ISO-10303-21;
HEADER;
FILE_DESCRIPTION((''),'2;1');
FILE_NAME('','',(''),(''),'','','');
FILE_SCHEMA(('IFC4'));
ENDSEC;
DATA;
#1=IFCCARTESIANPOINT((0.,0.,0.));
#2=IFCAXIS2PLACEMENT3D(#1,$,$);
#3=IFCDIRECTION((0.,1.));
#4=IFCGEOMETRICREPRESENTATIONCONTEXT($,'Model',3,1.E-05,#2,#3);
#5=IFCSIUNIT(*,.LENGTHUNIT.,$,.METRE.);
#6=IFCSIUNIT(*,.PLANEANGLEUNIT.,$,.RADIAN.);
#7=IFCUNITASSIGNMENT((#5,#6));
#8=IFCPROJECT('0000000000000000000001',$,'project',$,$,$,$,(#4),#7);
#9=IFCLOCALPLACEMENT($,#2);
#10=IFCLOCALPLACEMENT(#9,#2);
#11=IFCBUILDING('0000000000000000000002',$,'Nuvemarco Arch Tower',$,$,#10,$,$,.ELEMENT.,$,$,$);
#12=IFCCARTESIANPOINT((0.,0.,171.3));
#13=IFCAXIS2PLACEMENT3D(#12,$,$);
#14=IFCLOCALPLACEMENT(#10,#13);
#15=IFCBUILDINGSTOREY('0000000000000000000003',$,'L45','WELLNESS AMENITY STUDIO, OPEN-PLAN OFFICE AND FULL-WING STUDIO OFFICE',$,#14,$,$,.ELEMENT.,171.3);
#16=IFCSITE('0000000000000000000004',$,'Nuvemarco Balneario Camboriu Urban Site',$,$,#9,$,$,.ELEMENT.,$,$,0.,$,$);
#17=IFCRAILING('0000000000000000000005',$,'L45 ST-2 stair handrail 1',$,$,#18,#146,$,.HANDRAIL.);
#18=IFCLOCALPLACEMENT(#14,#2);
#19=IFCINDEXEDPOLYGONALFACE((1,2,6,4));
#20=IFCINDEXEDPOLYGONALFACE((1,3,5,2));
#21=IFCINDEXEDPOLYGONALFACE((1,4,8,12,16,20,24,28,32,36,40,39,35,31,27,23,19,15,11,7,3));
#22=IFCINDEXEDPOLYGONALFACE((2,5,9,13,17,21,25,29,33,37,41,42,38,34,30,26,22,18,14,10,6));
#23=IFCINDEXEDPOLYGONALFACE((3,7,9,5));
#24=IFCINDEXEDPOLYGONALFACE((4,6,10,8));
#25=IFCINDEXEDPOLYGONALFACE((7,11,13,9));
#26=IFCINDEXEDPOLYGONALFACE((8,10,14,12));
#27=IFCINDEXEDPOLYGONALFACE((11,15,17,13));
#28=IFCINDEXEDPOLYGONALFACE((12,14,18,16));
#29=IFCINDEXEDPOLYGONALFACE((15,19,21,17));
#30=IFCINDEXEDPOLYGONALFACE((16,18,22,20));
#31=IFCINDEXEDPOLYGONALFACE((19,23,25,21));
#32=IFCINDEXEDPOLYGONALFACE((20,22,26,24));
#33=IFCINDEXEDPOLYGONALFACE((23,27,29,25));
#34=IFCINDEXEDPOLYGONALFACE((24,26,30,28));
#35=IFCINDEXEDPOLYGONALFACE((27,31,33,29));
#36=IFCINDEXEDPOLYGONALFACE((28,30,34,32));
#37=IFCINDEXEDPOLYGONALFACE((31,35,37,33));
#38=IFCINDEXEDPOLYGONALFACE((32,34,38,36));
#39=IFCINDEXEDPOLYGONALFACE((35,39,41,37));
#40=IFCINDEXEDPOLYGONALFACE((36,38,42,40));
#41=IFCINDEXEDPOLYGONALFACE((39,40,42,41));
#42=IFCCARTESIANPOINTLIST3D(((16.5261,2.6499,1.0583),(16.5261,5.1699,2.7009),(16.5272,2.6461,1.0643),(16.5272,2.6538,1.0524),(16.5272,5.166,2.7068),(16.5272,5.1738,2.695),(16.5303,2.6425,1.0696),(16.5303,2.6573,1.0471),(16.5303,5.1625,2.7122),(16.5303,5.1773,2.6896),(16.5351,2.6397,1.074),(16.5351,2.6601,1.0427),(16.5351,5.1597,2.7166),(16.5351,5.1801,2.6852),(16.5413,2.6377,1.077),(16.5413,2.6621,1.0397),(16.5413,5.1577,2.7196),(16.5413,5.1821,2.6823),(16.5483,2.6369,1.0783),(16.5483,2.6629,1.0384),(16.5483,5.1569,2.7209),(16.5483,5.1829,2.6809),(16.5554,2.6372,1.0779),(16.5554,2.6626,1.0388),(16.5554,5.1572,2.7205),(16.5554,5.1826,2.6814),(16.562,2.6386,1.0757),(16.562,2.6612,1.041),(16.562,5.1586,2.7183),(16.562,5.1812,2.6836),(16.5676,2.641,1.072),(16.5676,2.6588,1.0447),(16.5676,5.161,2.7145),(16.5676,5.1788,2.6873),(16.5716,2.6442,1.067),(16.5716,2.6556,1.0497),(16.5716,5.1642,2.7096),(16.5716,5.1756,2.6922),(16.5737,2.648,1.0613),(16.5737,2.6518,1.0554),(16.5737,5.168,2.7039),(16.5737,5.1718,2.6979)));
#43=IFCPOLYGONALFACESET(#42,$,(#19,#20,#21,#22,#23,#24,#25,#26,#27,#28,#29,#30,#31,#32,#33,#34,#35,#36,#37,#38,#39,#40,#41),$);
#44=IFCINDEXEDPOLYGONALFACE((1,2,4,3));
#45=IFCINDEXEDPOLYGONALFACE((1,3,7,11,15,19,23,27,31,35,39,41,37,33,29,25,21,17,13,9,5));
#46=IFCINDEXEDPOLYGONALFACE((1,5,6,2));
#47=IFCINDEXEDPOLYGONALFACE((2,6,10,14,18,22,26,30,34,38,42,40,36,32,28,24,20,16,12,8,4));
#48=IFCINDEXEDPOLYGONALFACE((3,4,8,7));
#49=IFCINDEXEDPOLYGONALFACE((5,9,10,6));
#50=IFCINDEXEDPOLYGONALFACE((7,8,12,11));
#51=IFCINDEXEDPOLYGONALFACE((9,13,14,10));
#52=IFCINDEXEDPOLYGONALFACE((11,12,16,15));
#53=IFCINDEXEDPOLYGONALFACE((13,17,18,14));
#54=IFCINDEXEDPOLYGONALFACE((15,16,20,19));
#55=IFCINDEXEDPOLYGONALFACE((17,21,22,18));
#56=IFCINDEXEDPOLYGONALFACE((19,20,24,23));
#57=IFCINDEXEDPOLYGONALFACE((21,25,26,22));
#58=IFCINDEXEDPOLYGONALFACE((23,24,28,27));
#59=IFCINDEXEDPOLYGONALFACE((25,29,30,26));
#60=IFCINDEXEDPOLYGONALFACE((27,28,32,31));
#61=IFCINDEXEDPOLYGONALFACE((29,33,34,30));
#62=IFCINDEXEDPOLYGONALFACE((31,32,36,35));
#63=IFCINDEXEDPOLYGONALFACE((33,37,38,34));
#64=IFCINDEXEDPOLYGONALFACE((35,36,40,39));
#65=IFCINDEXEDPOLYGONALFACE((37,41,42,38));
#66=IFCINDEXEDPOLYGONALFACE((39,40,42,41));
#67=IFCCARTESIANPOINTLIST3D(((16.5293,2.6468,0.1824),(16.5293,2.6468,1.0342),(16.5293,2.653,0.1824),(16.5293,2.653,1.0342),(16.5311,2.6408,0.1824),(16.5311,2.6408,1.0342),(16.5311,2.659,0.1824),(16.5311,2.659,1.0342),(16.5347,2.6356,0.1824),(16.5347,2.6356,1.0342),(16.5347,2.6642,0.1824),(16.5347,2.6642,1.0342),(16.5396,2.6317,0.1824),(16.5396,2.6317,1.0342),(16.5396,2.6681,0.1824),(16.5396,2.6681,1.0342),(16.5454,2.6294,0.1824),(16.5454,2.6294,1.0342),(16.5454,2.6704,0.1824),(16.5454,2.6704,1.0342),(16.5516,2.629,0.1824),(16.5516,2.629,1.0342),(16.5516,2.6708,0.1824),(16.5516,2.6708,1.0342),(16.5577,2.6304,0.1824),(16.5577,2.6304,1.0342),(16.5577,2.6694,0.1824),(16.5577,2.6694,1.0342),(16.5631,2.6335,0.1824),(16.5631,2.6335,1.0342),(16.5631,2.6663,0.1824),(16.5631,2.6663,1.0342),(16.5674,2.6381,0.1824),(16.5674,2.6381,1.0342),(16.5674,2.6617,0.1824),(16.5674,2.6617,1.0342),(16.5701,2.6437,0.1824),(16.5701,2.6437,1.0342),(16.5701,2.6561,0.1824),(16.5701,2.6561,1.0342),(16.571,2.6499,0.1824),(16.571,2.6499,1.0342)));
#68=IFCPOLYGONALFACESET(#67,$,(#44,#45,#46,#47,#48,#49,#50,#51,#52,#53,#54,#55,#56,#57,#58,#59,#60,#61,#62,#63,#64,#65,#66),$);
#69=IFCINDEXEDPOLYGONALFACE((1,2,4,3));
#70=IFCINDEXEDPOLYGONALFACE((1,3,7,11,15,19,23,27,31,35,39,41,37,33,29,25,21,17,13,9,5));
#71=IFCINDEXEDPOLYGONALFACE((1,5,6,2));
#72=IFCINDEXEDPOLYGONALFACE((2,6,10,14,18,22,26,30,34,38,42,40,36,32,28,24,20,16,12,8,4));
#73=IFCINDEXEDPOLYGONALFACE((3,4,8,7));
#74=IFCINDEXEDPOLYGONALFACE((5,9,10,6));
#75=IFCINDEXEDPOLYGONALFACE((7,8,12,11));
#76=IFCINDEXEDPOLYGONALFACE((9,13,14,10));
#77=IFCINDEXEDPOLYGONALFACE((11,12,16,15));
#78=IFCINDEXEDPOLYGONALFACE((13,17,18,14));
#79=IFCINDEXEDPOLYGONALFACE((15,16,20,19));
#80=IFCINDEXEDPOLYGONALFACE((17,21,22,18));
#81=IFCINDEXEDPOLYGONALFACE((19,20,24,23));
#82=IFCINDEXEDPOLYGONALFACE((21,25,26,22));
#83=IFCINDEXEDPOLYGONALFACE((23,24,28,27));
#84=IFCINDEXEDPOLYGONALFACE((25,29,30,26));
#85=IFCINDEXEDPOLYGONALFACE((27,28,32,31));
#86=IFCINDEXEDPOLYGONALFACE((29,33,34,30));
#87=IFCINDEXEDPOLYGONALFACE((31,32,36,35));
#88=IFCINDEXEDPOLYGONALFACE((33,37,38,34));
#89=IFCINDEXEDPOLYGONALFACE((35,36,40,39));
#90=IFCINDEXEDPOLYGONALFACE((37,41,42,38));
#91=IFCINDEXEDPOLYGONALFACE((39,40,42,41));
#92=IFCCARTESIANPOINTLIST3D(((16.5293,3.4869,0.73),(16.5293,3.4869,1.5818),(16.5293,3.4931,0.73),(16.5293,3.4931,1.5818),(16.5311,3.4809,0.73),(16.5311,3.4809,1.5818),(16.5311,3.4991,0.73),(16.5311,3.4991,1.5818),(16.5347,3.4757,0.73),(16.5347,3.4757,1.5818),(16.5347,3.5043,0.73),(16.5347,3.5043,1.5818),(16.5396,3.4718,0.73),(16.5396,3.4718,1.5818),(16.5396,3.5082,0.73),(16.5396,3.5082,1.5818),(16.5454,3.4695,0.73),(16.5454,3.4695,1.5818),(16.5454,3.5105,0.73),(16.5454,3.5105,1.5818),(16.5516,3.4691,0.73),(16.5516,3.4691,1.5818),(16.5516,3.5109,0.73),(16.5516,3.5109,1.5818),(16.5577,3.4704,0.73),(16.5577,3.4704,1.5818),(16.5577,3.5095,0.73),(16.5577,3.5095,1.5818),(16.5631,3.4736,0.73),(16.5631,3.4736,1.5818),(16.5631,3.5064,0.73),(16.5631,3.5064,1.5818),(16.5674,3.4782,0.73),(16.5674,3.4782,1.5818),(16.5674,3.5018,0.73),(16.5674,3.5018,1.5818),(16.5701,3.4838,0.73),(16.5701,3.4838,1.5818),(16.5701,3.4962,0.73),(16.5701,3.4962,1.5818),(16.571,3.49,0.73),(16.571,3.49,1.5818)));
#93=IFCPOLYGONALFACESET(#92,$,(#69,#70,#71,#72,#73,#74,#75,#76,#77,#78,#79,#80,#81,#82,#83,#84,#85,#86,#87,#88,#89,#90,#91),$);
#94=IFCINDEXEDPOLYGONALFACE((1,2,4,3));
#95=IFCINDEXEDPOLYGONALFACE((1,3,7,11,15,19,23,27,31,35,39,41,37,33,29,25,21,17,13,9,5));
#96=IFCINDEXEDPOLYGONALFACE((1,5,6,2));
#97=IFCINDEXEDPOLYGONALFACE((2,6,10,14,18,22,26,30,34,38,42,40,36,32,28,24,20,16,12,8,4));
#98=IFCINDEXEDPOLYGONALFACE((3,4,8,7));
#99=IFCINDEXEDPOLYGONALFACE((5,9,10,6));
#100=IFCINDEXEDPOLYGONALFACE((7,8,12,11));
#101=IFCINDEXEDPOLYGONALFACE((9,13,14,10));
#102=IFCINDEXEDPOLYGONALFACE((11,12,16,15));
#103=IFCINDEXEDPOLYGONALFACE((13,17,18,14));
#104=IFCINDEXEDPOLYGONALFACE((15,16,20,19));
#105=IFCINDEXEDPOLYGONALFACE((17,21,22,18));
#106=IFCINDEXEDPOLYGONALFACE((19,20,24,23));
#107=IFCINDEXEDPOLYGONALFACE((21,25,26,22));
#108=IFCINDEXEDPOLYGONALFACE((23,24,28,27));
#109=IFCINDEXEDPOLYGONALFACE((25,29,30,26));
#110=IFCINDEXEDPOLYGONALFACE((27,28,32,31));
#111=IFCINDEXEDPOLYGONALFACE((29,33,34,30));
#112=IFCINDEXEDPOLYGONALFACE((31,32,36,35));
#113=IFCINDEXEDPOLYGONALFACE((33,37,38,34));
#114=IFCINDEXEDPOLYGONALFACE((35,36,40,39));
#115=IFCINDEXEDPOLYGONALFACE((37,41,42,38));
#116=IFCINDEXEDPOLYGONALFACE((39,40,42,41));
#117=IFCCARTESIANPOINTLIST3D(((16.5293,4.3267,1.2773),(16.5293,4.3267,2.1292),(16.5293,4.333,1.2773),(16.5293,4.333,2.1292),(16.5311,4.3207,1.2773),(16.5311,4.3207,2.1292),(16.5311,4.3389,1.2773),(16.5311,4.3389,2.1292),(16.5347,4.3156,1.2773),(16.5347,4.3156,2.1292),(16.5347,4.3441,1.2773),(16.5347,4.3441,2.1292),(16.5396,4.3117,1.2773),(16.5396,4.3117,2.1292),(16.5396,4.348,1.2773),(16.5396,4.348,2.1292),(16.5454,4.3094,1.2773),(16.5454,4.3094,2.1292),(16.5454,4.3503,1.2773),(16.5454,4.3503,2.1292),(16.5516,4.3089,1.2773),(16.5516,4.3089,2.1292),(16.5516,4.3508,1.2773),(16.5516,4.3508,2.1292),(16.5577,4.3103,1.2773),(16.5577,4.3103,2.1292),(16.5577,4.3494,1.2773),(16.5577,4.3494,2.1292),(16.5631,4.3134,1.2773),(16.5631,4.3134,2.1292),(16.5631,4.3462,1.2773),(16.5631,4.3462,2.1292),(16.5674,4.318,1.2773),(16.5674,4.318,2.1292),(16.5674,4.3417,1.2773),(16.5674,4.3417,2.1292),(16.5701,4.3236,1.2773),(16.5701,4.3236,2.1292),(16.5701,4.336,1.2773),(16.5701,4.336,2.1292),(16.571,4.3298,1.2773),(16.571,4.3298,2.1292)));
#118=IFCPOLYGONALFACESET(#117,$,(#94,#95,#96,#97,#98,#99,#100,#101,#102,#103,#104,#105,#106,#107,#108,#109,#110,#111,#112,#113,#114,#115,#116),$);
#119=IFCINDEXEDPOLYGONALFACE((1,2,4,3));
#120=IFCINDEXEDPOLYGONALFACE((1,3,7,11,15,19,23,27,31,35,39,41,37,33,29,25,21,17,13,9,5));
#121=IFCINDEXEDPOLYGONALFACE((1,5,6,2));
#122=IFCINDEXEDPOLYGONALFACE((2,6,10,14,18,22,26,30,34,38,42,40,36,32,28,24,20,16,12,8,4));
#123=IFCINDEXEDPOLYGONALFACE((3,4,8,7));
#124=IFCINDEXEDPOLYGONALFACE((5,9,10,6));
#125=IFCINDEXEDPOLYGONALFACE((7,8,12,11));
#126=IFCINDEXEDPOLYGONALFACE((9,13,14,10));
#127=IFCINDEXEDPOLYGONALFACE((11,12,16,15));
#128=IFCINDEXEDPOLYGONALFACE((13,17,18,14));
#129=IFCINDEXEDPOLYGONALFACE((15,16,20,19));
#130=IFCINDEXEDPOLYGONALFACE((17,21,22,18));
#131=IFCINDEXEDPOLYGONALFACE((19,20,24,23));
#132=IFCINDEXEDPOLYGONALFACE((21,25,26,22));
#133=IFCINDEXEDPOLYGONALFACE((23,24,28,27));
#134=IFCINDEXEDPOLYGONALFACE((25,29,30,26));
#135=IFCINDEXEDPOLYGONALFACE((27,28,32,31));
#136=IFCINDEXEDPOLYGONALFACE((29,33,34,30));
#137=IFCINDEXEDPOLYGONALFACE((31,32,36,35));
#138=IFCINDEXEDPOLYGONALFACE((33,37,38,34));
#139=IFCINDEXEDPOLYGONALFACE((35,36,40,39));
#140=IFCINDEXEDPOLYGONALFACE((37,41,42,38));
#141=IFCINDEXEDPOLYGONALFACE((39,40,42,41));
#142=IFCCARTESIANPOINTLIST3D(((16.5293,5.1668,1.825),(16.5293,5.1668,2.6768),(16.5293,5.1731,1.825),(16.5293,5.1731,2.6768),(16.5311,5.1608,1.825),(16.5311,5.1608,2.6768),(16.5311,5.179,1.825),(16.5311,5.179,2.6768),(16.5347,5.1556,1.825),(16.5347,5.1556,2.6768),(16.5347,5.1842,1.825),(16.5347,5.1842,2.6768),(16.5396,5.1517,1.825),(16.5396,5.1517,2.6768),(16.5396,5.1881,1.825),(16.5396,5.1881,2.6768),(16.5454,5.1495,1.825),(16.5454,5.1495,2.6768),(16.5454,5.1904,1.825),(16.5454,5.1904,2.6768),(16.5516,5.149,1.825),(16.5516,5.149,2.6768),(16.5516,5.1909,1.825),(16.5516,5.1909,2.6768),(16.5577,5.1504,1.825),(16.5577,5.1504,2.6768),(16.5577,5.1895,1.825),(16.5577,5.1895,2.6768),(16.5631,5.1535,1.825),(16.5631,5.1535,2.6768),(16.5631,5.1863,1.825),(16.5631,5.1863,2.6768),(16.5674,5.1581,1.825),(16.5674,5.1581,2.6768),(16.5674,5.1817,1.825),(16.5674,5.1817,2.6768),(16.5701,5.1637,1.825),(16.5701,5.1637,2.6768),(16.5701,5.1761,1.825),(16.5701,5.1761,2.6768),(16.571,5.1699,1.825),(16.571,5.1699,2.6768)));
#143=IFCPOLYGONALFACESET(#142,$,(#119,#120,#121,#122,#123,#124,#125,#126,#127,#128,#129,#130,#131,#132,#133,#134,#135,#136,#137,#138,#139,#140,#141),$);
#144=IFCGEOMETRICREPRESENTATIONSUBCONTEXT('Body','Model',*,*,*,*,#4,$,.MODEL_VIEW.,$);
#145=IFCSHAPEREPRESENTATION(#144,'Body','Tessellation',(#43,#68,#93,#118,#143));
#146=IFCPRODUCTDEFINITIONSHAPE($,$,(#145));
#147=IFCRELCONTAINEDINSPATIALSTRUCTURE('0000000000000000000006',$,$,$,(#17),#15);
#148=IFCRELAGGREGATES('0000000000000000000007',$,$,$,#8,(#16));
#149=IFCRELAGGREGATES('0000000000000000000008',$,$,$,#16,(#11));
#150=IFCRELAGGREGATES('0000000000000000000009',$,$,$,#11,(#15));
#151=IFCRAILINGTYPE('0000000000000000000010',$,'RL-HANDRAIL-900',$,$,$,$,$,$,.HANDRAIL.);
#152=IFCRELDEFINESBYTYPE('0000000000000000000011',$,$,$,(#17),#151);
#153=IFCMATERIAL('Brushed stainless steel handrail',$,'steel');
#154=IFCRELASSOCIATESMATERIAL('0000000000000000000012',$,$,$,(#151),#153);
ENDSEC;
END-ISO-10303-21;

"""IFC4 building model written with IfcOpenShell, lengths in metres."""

from ifc_helpers import new_model, si_unit, direction, frame, origin, origin_2d, place, context, subcontext, project, spatial, circle, extrude, material, type_object, element, save


model = new_model("IFC4")

# Units and contexts
model_context = context("Model", 3, precision=1e-05, world=origin(), true_north=direction((0.0, 1.0)))
body_context = subcontext(model_context, "Body", "Model", "MODEL_VIEW")
ifc_project = project(units=[si_unit("LENGTHUNIT", "METRE"), si_unit("PLANEANGLEUNIT", "RADIAN")], contexts=[model_context])

# Site, building, storey
site_placement = place(None, origin())
site = spatial("IfcSite", under=ifc_project, at=site_placement, Name="Nuvemarco Balneario Camboriu Urban Site", CompositionType="ELEMENT", RefElevation=0.0)
building_placement = place(site_placement, origin())
building = spatial("IfcBuilding", under=site, at=building_placement, Name="Nuvemarco Arch Tower", CompositionType="ELEMENT")
storey_placement = place(building_placement, frame((0.0, 0.0, 171.3)))
storey = spatial("IfcBuildingStorey", under=building, at=storey_placement, Name="L45", Description="WELLNESS AMENITY STUDIO, OPEN-PLAN OFFICE AND FULL-WING STUDIO OFFICE", CompositionType="ELEMENT", Elevation=171.3)

# Railing
ifc_material_1 = material(Name="Brushed stainless steel handrail", Category="steel")
railing_type_1 = type_object("IfcRailingType", Name="RL-HANDRAIL-900", PredefinedType="HANDRAIL", material=ifc_material_1)
railing_1_placement = place(storey_placement, frame((16.55, 2.6499, 0.1824)))
element("IfcRailing", 1, at=railing_1_placement, inside=storey, type_object=railing_type_1, Name="L45 ST-2 stair handrail 1", PredefinedType="HANDRAIL", context=body_context, shape_type="SweptSolid", body=[
    extrude(circle(Radius=0.0239, at=origin_2d()), frame((0.0, 0.0, 0.876), z_axis=(0.0, 0.837749, 0.546055), x_axis=(-1.0, 0.0, 0.0)), (0.0, 0.0, 1.0), 3.0081),
    extrude(circle(Radius=0.021, at=origin_2d()), origin(), (0.0, 0.0, 1.0), 0.8518),
    extrude(circle(Radius=0.021, at=origin_2d()), frame((0.0, 0.8401, 0.5476)), (0.0, 0.0, 1.0), 0.8518),
    extrude(circle(Radius=0.021, at=origin_2d()), frame((0.0, 1.6799, 1.095)), (0.0, 0.0, 1.0), 0.8518),
    extrude(circle(Radius=0.021, at=origin_2d()), frame((0.0, 2.52, 1.6426)), (0.0, 0.0, 1.0), 0.8518),
])

save(model, "model.ifc")
